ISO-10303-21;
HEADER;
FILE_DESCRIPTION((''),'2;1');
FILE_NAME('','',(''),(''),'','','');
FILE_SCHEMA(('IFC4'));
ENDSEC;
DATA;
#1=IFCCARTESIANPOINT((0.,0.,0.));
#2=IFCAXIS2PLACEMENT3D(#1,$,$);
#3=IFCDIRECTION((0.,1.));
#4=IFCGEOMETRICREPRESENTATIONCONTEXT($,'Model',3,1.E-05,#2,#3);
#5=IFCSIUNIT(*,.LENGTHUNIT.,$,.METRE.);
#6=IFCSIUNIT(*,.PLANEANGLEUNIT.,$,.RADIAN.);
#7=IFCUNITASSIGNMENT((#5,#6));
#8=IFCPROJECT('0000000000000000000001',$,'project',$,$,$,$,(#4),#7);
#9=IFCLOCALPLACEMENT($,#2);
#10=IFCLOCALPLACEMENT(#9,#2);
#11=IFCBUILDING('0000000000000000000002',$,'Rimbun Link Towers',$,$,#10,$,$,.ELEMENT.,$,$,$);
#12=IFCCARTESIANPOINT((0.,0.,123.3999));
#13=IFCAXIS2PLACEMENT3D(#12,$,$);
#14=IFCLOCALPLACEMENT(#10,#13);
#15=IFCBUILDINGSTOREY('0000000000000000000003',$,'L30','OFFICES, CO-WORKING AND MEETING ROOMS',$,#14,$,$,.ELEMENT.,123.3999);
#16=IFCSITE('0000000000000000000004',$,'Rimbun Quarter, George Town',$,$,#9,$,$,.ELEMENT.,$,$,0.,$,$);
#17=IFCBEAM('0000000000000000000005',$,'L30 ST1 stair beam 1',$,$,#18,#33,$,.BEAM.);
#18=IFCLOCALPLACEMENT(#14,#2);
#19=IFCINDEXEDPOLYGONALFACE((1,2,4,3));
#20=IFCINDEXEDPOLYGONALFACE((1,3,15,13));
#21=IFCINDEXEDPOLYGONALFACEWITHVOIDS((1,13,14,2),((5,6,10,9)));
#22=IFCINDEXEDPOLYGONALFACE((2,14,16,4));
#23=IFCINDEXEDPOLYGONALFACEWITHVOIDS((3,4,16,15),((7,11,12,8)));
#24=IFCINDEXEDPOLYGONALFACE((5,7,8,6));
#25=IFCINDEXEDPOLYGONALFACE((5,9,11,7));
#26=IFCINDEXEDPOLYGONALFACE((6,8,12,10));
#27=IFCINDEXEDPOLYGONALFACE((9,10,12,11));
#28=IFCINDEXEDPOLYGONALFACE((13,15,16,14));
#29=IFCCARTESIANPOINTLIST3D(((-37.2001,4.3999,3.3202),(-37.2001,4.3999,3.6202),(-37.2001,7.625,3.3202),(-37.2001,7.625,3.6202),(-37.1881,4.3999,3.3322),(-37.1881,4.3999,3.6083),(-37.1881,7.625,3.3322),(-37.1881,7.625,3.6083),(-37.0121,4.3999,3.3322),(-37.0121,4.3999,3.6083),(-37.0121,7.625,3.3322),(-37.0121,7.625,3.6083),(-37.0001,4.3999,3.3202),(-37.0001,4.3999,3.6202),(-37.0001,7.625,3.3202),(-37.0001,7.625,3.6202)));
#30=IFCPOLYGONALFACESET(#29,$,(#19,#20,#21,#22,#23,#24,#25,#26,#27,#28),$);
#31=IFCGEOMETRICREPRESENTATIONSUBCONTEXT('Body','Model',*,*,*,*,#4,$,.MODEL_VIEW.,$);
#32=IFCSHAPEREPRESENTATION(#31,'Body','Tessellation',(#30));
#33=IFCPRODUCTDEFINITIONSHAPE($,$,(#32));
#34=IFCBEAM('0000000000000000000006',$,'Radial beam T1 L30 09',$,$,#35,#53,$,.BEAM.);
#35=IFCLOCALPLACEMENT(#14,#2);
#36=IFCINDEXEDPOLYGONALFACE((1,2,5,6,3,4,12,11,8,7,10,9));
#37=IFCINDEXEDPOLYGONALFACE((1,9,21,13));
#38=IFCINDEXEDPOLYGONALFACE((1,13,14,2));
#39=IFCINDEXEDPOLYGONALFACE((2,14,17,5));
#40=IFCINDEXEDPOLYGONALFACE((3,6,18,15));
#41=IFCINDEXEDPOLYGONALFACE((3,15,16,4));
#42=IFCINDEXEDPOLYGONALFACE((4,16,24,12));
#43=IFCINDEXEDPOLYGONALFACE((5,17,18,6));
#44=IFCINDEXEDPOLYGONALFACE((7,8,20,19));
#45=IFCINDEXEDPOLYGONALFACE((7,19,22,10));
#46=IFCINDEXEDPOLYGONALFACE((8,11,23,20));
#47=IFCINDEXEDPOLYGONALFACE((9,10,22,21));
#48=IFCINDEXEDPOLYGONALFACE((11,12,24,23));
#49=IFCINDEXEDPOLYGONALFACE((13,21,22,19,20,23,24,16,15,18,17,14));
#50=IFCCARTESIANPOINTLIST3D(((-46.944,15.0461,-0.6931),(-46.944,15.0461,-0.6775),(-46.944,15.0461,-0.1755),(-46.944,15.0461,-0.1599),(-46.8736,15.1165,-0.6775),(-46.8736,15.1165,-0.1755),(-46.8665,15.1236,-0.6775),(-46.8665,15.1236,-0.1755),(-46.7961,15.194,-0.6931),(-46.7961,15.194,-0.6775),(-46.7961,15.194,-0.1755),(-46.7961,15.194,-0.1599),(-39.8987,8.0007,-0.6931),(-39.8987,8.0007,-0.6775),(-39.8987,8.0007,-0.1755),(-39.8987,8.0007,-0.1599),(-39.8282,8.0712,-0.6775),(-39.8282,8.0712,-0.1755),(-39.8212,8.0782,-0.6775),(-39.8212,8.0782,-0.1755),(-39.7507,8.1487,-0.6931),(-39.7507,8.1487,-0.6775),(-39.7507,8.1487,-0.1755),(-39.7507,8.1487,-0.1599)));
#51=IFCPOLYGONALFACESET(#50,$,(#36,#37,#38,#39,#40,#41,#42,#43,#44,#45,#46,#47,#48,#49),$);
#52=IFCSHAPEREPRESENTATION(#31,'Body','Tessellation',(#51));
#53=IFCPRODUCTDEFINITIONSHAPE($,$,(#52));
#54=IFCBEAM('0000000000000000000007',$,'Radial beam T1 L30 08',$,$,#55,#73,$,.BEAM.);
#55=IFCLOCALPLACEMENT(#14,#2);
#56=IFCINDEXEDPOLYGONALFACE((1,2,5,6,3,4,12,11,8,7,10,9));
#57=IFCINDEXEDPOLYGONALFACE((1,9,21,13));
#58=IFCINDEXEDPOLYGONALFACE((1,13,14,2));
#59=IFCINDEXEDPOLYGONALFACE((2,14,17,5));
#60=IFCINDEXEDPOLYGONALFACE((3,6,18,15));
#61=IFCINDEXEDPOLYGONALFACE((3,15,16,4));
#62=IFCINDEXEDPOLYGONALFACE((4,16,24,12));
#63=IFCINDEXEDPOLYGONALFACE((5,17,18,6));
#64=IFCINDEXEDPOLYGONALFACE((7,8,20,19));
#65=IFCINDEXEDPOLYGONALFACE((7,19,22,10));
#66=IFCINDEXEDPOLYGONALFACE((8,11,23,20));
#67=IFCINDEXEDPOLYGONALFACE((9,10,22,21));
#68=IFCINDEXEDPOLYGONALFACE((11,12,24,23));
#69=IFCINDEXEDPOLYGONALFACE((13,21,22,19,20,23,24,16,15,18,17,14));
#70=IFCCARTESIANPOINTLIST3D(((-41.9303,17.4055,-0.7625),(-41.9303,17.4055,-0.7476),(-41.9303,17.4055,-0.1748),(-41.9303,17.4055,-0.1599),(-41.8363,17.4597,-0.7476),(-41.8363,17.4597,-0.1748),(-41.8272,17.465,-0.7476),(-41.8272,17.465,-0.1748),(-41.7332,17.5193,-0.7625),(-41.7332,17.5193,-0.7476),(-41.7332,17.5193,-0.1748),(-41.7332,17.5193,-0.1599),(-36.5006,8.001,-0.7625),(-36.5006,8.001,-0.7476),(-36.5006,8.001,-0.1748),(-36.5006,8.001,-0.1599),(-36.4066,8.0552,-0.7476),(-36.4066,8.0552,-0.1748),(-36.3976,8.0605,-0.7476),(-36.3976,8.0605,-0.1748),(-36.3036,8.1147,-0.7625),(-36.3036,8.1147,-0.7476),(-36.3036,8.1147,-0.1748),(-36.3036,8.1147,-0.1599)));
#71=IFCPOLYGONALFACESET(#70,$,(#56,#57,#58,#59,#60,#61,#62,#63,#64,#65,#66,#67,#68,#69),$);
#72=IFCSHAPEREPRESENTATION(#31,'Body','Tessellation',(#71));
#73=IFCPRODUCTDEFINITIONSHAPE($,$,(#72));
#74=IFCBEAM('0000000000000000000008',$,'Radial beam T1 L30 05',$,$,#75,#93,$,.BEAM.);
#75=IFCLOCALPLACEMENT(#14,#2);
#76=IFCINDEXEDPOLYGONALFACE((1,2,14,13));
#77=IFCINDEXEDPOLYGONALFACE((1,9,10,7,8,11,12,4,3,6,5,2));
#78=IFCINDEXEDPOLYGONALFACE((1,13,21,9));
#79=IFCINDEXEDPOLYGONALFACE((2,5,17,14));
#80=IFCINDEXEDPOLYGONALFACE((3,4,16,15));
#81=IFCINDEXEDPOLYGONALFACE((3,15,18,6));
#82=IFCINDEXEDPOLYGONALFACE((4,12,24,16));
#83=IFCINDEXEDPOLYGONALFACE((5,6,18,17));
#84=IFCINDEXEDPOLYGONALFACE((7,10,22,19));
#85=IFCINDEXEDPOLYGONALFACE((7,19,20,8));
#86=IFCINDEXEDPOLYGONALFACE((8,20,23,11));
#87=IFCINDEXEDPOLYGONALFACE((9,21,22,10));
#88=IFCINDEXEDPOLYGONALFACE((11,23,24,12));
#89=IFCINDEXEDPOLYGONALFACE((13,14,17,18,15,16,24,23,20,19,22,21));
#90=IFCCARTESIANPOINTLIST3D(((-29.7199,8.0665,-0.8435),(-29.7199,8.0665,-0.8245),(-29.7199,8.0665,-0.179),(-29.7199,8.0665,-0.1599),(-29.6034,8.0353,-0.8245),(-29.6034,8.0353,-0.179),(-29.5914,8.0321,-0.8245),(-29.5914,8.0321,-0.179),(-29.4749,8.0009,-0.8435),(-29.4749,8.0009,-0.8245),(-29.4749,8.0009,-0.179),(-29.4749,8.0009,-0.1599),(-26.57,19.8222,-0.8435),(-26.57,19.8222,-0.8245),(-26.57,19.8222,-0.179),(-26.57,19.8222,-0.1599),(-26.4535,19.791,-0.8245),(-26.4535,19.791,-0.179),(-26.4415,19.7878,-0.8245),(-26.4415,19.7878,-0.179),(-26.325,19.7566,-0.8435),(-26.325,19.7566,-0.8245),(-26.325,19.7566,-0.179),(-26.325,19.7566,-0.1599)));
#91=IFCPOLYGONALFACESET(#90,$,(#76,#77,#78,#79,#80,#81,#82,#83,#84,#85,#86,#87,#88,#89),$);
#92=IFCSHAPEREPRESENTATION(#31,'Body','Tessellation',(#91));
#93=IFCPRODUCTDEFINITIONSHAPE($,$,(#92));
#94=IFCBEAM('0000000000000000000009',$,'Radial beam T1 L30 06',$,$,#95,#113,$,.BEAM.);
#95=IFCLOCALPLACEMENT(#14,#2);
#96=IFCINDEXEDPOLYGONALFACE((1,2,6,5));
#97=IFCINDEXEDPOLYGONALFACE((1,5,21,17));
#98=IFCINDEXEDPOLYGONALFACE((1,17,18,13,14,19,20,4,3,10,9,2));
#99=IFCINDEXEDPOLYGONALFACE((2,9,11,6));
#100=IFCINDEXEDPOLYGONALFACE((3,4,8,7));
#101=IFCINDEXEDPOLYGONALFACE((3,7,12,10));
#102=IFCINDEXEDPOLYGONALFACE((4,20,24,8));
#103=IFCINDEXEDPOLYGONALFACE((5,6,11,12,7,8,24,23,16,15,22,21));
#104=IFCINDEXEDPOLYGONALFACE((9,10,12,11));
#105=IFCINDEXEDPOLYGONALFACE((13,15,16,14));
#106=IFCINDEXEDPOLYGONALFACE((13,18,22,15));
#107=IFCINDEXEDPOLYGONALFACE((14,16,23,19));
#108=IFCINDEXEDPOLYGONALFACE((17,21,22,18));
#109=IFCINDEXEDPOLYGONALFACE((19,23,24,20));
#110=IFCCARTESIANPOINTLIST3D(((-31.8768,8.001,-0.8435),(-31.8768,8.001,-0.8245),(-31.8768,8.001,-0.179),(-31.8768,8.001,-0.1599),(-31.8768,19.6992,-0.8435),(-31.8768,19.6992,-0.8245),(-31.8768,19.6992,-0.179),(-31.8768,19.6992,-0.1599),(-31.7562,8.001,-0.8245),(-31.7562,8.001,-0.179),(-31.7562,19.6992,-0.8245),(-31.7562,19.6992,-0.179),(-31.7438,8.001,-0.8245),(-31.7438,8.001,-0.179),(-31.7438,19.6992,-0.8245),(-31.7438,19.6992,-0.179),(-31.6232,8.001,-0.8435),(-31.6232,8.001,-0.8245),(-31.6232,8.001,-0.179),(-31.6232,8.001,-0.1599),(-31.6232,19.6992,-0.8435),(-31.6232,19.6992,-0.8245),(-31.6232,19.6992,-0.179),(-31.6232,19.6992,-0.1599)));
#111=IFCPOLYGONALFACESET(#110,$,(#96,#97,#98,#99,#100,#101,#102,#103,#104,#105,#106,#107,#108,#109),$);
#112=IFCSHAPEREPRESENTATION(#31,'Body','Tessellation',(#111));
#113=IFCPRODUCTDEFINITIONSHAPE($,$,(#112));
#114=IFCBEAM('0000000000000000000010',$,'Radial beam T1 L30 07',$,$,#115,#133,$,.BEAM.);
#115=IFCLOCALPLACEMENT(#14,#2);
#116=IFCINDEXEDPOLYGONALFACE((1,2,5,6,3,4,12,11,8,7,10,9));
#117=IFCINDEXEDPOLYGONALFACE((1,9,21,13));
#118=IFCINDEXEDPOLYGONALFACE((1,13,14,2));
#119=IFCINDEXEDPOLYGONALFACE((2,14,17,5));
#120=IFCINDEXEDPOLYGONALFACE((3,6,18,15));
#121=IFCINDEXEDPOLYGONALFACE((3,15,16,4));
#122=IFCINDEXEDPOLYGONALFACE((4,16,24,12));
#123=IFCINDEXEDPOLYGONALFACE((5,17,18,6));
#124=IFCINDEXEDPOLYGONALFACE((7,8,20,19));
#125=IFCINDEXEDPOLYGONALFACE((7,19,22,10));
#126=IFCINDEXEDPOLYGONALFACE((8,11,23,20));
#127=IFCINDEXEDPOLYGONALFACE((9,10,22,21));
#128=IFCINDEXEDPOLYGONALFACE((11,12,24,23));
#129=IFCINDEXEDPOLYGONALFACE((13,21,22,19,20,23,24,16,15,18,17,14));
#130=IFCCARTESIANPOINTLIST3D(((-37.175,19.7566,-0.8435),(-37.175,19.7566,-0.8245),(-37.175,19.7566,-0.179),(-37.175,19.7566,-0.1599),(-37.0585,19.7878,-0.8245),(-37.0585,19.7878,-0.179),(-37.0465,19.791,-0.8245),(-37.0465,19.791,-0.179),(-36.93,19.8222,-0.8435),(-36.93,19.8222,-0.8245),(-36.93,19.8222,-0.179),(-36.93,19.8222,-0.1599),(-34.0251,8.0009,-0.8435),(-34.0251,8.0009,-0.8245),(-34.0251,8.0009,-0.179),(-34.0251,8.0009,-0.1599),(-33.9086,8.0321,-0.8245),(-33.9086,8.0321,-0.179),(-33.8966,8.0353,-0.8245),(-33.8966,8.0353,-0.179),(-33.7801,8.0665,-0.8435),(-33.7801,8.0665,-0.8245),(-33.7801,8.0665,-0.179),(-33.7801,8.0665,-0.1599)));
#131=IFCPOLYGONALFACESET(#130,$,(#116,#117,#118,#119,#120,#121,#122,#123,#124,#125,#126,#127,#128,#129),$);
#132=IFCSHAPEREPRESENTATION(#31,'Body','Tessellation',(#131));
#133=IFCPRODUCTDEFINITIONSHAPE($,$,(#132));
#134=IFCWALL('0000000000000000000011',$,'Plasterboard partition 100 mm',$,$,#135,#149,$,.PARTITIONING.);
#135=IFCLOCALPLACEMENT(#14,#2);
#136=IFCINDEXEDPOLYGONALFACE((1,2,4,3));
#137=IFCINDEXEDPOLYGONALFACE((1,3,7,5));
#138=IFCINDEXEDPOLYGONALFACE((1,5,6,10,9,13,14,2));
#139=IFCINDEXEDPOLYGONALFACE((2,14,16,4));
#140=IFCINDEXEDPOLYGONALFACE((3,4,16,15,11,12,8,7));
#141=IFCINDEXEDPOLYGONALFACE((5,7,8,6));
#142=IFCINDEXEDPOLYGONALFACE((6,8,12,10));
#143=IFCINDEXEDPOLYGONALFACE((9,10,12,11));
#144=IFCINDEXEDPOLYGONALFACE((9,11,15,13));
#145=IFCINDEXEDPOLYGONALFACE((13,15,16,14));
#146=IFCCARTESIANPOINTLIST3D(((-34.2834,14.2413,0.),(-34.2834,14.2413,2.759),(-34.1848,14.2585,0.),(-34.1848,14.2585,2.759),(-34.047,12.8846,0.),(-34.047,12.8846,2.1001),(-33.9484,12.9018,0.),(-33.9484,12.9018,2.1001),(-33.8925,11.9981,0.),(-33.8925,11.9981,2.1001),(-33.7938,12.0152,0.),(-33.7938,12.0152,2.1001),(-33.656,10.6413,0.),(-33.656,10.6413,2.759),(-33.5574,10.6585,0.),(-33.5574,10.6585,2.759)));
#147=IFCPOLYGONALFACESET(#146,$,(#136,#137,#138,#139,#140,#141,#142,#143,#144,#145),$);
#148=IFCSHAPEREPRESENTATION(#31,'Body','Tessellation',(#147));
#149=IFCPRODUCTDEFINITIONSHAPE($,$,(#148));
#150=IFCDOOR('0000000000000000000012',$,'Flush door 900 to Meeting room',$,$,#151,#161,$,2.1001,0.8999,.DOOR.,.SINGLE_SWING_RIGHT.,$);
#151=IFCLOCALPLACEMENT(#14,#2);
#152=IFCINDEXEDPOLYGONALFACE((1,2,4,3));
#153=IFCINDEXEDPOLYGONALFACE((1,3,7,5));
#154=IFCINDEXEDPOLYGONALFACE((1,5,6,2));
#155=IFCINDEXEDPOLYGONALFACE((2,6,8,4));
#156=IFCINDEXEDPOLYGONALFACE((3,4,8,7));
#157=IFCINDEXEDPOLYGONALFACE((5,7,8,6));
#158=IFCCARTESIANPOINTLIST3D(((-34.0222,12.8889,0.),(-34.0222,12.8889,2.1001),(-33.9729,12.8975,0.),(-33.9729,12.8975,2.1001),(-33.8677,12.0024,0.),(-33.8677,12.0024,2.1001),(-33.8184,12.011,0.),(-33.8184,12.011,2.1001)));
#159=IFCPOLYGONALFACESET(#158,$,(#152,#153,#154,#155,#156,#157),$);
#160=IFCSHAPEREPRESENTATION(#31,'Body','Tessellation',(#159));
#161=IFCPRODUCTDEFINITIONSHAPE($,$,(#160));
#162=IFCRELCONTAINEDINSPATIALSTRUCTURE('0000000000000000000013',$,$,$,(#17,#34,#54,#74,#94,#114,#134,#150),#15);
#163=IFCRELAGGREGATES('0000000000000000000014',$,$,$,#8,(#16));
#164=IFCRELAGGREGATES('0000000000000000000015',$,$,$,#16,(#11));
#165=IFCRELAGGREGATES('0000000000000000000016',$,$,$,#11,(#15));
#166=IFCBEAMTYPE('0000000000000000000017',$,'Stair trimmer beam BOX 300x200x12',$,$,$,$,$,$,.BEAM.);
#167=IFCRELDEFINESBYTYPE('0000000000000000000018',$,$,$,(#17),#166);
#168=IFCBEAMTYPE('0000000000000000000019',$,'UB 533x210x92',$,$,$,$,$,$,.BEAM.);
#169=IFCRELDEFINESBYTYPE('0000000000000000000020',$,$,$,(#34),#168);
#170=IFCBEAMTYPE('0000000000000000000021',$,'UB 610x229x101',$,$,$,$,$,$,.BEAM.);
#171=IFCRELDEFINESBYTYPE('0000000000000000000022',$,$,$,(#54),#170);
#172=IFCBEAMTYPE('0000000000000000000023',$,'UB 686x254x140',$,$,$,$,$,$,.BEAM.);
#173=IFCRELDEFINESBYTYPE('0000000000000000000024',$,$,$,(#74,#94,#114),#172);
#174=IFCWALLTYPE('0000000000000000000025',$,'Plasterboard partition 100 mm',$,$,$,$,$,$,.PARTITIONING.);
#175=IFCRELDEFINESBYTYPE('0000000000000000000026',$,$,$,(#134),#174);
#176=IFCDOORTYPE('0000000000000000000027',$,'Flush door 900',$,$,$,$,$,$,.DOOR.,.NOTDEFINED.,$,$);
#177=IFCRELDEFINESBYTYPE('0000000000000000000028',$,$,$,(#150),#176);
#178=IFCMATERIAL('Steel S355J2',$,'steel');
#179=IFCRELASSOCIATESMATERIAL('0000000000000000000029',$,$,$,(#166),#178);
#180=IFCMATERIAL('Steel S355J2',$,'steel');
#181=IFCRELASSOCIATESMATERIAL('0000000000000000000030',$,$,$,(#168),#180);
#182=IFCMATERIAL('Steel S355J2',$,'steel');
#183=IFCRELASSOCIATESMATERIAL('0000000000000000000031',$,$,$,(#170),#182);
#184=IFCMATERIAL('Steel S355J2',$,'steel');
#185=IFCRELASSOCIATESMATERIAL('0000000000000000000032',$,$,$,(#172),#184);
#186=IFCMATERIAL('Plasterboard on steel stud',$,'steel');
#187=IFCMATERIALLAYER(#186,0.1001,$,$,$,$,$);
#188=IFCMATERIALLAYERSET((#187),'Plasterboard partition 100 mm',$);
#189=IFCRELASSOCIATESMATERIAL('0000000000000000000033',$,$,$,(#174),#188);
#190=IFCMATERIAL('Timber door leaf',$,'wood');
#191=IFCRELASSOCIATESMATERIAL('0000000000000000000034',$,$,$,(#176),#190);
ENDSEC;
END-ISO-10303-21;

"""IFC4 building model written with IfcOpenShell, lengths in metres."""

from ifc_helpers import new_model, si_unit, direction, frame, frame_2d, origin, origin_2d, place, context, subcontext, project, spatial, rectangle, hollow_rectangle, i_section, extrude, material, layer, layer_set, material_profile, profile_set, type_object, element, fill, save


model = new_model("IFC4")

# Units and contexts
model_context = context("Model", 3, precision=1e-05, world=origin(), true_north=direction((0.0, 1.0)))
body_context = subcontext(model_context, "Body", "Model", "MODEL_VIEW")
ifc_project = project(units=[si_unit("LENGTHUNIT", "METRE"), si_unit("PLANEANGLEUNIT", "RADIAN")], contexts=[model_context])

# Site, building, storey
site_placement = place(None, origin())
site = spatial("IfcSite", under=ifc_project, at=site_placement, Name="Rimbun Quarter, George Town", CompositionType="ELEMENT", RefElevation=0.0)
building_placement = place(site_placement, origin())
building = spatial("IfcBuilding", under=site, at=building_placement, Name="Rimbun Link Towers", CompositionType="ELEMENT")
storey_placement = place(building_placement, frame((0.0, 0.0, 123.3999)))
storey = spatial("IfcBuildingStorey", under=building, at=storey_placement, Name="L30", Description="OFFICES, CO-WORKING AND MEETING ROOMS", CompositionType="ELEMENT", Elevation=123.3999)

# Beams
ifc_material_1 = material(Name="Steel S355J2", Category="steel")
ifc_material_profile_1 = material_profile(ifc_material_1, hollow_rectangle(XDim=0.2, YDim=0.3, WallThickness=0.012, at=origin_2d()), Name="BOX 300x200x12")
ifc_profile_set_1 = profile_set([ifc_material_profile_1], Name="Steel S355J2")
beam_type_1 = type_object("IfcBeamType", Name="Stair trimmer beam BOX 300x200x12", PredefinedType="BEAM", material=ifc_profile_set_1)
beam_1_placement = place(storey_placement, frame((-37.1001, 7.625, 3.4702), z_axis=(0.0, -1.0, 0.0), x_axis=(1.0, 0.0, 0.0)))
element("IfcBeam", 1, at=beam_1_placement, inside=storey, type_object=beam_type_1, Name="L30 ST1 stair beam 1", PredefinedType="BEAM", context=body_context, shape_type="SweptSolid", body=[
    extrude(hollow_rectangle(XDim=0.2, YDim=0.3, WallThickness=0.012, at=origin_2d()), origin(), (0.0, 0.0, 1.0), 3.2251),
])
ifc_material_2 = material(Name="Steel S355J2", Category="steel")
ifc_material_profile_2 = material_profile(ifc_material_2, i_section(OverallWidth=0.2092, OverallDepth=0.5332, WebThickness=0.01, FlangeThickness=0.0156, at=origin_2d()), Name="UB 533x210x92")
ifc_profile_set_2 = profile_set([ifc_material_profile_2], Name="Steel S355J2")
beam_type_2 = type_object("IfcBeamType", Name="UB 533x210x92", PredefinedType="BEAM", material=ifc_profile_set_2)
beam_2_placement = place(storey_placement, frame((-39.8247, 8.0747, -0.4265), z_axis=(-0.707107, 0.707107, 0.0), x_axis=(-0.707107, -0.707107, 0.0)))
element("IfcBeam", 2, at=beam_2_placement, inside=storey, type_object=beam_type_2, Name="Radial beam T1 L30 09", PredefinedType="BEAM", context=body_context, shape_type="SweptSolid", body=[
    extrude(i_section(OverallWidth=0.2092, OverallDepth=0.5332, WebThickness=0.01, FlangeThickness=0.0156, at=origin_2d()), origin(), (0.0, 0.0, 1.0), 9.9636),
])
ifc_material_3 = material(Name="Steel S355J2", Category="steel")
ifc_material_profile_3 = material_profile(ifc_material_3, i_section(OverallWidth=0.2275, OverallDepth=0.6025, WebThickness=0.0105, FlangeThickness=0.0149, at=origin_2d()), Name="UB 610x229x101")
ifc_profile_set_3 = profile_set([ifc_material_profile_3], Name="Steel S355J2")
beam_type_3 = type_object("IfcBeamType", Name="UB 610x229x101", PredefinedType="BEAM", material=ifc_profile_set_3)
beam_3_placement = place(storey_placement, frame((-36.4021, 8.0579, -0.4612), z_axis=(-0.499998, 0.866026, 0.0), x_axis=(-0.866026, -0.499998, 0.0)))
element("IfcBeam", 3, at=beam_3_placement, inside=storey, type_object=beam_type_3, Name="Radial beam T1 L30 08", PredefinedType="BEAM", context=body_context, shape_type="SweptSolid", body=[
    extrude(i_section(OverallWidth=0.2275, OverallDepth=0.6025, WebThickness=0.0105, FlangeThickness=0.0149, at=origin_2d()), origin(), (0.0, 0.0, 1.0), 10.8594),
])
ifc_material_4 = material(Name="Steel S355J2", Category="steel")
ifc_material_profile_4 = material_profile(ifc_material_4, i_section(OverallWidth=0.2537, OverallDepth=0.6836, WebThickness=0.0125, FlangeThickness=0.019, at=origin_2d()), Name="UB 686x254x140")
ifc_profile_set_4 = profile_set([ifc_material_profile_4], Name="Steel S355J2")
beam_type_4 = type_object("IfcBeamType", Name="UB 686x254x140", PredefinedType="BEAM", material=ifc_profile_set_4)
beam_4_placement = place(storey_placement, frame((-29.5974, 8.0337, -0.5017), z_axis=(0.258819, 0.965926, 0.0), x_axis=(-0.965926, 0.258819, 0.0)))
element("IfcBeam", 4, at=beam_4_placement, inside=storey, type_object=beam_type_4, Name="Radial beam T1 L30 05", PredefinedType="BEAM", context=body_context, shape_type="SweptSolid", body=[
    extrude(i_section(OverallWidth=0.2537, OverallDepth=0.6836, WebThickness=0.0125, FlangeThickness=0.019, at=origin_2d()), origin(), (0.0, 0.0, 1.0), 12.1704),
])
beam_5_placement = place(storey_placement, frame((-31.75, 8.001, -0.5017), z_axis=(0.0, 1.0, 0.0), x_axis=(-1.0, 0.0, 0.0)))
element("IfcBeam", 5, at=beam_5_placement, inside=storey, type_object=beam_type_4, Name="Radial beam T1 L30 06", PredefinedType="BEAM", context=body_context, shape_type="SweptSolid", body=[
    extrude(i_section(OverallWidth=0.2537, OverallDepth=0.6836, WebThickness=0.0125, FlangeThickness=0.019, at=origin_2d()), origin(), (0.0, 0.0, 1.0), 11.6982),
])
beam_6_placement = place(storey_placement, frame((-33.9026, 8.0337, -0.5017), z_axis=(-0.258819, 0.965926, 0.0), x_axis=(-0.965926, -0.258819, 0.0)))
element("IfcBeam", 6, at=beam_6_placement, inside=storey, type_object=beam_type_4, Name="Radial beam T1 L30 07", PredefinedType="BEAM", context=body_context, shape_type="SweptSolid", body=[
    extrude(i_section(OverallWidth=0.2537, OverallDepth=0.6836, WebThickness=0.0125, FlangeThickness=0.019, at=origin_2d()), origin(), (0.0, 0.0, 1.0), 12.1704),
])

# Wall, opening, door
ifc_material_5 = material(Name="Plasterboard on steel stud", Category="steel")
ifc_layer_1 = layer(ifc_material_5, 0.1001)
ifc_layer_set_1 = layer_set([ifc_layer_1], Name="Plasterboard partition 100 mm")
wall_type_1 = type_object("IfcWallType", Name="Plasterboard partition 100 mm", PredefinedType="PARTITIONING", material=ifc_layer_set_1)
wall_1_placement = place(storey_placement, frame((-33.6067, 10.6499, 0.0), z_axis=(0.0, 0.0, 1.0), x_axis=(-0.171696, 0.98515, 0.0)))
wall_1 = element("IfcWall", 7, at=wall_1_placement, inside=storey, type_object=wall_type_1, Name="Plasterboard partition 100 mm", PredefinedType="PARTITIONING", context=body_context, shape_type="SweptSolid", body=[
    extrude(rectangle(XDim=3.6543, YDim=0.1001, at=frame_2d((1.8271, 0.0))), origin(), (0.0, 0.0, 1.0), 2.759),
])
opening_1_placement = place(wall_1_placement, frame((1.3772, 0.0, 0.0)))
opening_1 = element("IfcOpeningElement", 8, at=opening_1_placement, cuts=wall_1, PredefinedType="OPENING", context=body_context, shape_type="SweptSolid", body=[
    extrude(rectangle(XDim=0.8999, YDim=2.1001, at=frame_2d((0.45, 1.05))), frame((0.0, 0.0601, 0.0), z_axis=(0.0, -1.0, 0.0), x_axis=(1.0, 0.0, 0.0)), (0.0, 0.0, 1.0), 0.1201),
])
ifc_material_6 = material(Name="Timber door leaf", Category="wood")
door_type_1 = type_object("IfcDoorType", Name="Flush door 900", OperationType="NOTDEFINED", PredefinedType="DOOR", material=ifc_material_6)
door_1_placement = place(opening_1_placement, origin())
door_1 = element("IfcDoor", 9, at=door_1_placement, inside=storey, type_object=door_type_1, Name="Flush door 900 to Meeting room", OperationType="SINGLE_SWING_RIGHT", OverallHeight=2.1001, OverallWidth=0.8999, PredefinedType="DOOR", context=body_context, shape_type="SweptSolid", body=[
    extrude(rectangle(XDim=0.8999, YDim=2.1001, at=frame_2d((0.45, 1.05))), frame((0.0, 0.0249, 0.0), z_axis=(0.0, -1.0, 0.0), x_axis=(1.0, 0.0, 0.0)), (0.0, 0.0, 1.0), 0.05),
])
fill(opening_1, door_1)

save(model, "model.ifc")
